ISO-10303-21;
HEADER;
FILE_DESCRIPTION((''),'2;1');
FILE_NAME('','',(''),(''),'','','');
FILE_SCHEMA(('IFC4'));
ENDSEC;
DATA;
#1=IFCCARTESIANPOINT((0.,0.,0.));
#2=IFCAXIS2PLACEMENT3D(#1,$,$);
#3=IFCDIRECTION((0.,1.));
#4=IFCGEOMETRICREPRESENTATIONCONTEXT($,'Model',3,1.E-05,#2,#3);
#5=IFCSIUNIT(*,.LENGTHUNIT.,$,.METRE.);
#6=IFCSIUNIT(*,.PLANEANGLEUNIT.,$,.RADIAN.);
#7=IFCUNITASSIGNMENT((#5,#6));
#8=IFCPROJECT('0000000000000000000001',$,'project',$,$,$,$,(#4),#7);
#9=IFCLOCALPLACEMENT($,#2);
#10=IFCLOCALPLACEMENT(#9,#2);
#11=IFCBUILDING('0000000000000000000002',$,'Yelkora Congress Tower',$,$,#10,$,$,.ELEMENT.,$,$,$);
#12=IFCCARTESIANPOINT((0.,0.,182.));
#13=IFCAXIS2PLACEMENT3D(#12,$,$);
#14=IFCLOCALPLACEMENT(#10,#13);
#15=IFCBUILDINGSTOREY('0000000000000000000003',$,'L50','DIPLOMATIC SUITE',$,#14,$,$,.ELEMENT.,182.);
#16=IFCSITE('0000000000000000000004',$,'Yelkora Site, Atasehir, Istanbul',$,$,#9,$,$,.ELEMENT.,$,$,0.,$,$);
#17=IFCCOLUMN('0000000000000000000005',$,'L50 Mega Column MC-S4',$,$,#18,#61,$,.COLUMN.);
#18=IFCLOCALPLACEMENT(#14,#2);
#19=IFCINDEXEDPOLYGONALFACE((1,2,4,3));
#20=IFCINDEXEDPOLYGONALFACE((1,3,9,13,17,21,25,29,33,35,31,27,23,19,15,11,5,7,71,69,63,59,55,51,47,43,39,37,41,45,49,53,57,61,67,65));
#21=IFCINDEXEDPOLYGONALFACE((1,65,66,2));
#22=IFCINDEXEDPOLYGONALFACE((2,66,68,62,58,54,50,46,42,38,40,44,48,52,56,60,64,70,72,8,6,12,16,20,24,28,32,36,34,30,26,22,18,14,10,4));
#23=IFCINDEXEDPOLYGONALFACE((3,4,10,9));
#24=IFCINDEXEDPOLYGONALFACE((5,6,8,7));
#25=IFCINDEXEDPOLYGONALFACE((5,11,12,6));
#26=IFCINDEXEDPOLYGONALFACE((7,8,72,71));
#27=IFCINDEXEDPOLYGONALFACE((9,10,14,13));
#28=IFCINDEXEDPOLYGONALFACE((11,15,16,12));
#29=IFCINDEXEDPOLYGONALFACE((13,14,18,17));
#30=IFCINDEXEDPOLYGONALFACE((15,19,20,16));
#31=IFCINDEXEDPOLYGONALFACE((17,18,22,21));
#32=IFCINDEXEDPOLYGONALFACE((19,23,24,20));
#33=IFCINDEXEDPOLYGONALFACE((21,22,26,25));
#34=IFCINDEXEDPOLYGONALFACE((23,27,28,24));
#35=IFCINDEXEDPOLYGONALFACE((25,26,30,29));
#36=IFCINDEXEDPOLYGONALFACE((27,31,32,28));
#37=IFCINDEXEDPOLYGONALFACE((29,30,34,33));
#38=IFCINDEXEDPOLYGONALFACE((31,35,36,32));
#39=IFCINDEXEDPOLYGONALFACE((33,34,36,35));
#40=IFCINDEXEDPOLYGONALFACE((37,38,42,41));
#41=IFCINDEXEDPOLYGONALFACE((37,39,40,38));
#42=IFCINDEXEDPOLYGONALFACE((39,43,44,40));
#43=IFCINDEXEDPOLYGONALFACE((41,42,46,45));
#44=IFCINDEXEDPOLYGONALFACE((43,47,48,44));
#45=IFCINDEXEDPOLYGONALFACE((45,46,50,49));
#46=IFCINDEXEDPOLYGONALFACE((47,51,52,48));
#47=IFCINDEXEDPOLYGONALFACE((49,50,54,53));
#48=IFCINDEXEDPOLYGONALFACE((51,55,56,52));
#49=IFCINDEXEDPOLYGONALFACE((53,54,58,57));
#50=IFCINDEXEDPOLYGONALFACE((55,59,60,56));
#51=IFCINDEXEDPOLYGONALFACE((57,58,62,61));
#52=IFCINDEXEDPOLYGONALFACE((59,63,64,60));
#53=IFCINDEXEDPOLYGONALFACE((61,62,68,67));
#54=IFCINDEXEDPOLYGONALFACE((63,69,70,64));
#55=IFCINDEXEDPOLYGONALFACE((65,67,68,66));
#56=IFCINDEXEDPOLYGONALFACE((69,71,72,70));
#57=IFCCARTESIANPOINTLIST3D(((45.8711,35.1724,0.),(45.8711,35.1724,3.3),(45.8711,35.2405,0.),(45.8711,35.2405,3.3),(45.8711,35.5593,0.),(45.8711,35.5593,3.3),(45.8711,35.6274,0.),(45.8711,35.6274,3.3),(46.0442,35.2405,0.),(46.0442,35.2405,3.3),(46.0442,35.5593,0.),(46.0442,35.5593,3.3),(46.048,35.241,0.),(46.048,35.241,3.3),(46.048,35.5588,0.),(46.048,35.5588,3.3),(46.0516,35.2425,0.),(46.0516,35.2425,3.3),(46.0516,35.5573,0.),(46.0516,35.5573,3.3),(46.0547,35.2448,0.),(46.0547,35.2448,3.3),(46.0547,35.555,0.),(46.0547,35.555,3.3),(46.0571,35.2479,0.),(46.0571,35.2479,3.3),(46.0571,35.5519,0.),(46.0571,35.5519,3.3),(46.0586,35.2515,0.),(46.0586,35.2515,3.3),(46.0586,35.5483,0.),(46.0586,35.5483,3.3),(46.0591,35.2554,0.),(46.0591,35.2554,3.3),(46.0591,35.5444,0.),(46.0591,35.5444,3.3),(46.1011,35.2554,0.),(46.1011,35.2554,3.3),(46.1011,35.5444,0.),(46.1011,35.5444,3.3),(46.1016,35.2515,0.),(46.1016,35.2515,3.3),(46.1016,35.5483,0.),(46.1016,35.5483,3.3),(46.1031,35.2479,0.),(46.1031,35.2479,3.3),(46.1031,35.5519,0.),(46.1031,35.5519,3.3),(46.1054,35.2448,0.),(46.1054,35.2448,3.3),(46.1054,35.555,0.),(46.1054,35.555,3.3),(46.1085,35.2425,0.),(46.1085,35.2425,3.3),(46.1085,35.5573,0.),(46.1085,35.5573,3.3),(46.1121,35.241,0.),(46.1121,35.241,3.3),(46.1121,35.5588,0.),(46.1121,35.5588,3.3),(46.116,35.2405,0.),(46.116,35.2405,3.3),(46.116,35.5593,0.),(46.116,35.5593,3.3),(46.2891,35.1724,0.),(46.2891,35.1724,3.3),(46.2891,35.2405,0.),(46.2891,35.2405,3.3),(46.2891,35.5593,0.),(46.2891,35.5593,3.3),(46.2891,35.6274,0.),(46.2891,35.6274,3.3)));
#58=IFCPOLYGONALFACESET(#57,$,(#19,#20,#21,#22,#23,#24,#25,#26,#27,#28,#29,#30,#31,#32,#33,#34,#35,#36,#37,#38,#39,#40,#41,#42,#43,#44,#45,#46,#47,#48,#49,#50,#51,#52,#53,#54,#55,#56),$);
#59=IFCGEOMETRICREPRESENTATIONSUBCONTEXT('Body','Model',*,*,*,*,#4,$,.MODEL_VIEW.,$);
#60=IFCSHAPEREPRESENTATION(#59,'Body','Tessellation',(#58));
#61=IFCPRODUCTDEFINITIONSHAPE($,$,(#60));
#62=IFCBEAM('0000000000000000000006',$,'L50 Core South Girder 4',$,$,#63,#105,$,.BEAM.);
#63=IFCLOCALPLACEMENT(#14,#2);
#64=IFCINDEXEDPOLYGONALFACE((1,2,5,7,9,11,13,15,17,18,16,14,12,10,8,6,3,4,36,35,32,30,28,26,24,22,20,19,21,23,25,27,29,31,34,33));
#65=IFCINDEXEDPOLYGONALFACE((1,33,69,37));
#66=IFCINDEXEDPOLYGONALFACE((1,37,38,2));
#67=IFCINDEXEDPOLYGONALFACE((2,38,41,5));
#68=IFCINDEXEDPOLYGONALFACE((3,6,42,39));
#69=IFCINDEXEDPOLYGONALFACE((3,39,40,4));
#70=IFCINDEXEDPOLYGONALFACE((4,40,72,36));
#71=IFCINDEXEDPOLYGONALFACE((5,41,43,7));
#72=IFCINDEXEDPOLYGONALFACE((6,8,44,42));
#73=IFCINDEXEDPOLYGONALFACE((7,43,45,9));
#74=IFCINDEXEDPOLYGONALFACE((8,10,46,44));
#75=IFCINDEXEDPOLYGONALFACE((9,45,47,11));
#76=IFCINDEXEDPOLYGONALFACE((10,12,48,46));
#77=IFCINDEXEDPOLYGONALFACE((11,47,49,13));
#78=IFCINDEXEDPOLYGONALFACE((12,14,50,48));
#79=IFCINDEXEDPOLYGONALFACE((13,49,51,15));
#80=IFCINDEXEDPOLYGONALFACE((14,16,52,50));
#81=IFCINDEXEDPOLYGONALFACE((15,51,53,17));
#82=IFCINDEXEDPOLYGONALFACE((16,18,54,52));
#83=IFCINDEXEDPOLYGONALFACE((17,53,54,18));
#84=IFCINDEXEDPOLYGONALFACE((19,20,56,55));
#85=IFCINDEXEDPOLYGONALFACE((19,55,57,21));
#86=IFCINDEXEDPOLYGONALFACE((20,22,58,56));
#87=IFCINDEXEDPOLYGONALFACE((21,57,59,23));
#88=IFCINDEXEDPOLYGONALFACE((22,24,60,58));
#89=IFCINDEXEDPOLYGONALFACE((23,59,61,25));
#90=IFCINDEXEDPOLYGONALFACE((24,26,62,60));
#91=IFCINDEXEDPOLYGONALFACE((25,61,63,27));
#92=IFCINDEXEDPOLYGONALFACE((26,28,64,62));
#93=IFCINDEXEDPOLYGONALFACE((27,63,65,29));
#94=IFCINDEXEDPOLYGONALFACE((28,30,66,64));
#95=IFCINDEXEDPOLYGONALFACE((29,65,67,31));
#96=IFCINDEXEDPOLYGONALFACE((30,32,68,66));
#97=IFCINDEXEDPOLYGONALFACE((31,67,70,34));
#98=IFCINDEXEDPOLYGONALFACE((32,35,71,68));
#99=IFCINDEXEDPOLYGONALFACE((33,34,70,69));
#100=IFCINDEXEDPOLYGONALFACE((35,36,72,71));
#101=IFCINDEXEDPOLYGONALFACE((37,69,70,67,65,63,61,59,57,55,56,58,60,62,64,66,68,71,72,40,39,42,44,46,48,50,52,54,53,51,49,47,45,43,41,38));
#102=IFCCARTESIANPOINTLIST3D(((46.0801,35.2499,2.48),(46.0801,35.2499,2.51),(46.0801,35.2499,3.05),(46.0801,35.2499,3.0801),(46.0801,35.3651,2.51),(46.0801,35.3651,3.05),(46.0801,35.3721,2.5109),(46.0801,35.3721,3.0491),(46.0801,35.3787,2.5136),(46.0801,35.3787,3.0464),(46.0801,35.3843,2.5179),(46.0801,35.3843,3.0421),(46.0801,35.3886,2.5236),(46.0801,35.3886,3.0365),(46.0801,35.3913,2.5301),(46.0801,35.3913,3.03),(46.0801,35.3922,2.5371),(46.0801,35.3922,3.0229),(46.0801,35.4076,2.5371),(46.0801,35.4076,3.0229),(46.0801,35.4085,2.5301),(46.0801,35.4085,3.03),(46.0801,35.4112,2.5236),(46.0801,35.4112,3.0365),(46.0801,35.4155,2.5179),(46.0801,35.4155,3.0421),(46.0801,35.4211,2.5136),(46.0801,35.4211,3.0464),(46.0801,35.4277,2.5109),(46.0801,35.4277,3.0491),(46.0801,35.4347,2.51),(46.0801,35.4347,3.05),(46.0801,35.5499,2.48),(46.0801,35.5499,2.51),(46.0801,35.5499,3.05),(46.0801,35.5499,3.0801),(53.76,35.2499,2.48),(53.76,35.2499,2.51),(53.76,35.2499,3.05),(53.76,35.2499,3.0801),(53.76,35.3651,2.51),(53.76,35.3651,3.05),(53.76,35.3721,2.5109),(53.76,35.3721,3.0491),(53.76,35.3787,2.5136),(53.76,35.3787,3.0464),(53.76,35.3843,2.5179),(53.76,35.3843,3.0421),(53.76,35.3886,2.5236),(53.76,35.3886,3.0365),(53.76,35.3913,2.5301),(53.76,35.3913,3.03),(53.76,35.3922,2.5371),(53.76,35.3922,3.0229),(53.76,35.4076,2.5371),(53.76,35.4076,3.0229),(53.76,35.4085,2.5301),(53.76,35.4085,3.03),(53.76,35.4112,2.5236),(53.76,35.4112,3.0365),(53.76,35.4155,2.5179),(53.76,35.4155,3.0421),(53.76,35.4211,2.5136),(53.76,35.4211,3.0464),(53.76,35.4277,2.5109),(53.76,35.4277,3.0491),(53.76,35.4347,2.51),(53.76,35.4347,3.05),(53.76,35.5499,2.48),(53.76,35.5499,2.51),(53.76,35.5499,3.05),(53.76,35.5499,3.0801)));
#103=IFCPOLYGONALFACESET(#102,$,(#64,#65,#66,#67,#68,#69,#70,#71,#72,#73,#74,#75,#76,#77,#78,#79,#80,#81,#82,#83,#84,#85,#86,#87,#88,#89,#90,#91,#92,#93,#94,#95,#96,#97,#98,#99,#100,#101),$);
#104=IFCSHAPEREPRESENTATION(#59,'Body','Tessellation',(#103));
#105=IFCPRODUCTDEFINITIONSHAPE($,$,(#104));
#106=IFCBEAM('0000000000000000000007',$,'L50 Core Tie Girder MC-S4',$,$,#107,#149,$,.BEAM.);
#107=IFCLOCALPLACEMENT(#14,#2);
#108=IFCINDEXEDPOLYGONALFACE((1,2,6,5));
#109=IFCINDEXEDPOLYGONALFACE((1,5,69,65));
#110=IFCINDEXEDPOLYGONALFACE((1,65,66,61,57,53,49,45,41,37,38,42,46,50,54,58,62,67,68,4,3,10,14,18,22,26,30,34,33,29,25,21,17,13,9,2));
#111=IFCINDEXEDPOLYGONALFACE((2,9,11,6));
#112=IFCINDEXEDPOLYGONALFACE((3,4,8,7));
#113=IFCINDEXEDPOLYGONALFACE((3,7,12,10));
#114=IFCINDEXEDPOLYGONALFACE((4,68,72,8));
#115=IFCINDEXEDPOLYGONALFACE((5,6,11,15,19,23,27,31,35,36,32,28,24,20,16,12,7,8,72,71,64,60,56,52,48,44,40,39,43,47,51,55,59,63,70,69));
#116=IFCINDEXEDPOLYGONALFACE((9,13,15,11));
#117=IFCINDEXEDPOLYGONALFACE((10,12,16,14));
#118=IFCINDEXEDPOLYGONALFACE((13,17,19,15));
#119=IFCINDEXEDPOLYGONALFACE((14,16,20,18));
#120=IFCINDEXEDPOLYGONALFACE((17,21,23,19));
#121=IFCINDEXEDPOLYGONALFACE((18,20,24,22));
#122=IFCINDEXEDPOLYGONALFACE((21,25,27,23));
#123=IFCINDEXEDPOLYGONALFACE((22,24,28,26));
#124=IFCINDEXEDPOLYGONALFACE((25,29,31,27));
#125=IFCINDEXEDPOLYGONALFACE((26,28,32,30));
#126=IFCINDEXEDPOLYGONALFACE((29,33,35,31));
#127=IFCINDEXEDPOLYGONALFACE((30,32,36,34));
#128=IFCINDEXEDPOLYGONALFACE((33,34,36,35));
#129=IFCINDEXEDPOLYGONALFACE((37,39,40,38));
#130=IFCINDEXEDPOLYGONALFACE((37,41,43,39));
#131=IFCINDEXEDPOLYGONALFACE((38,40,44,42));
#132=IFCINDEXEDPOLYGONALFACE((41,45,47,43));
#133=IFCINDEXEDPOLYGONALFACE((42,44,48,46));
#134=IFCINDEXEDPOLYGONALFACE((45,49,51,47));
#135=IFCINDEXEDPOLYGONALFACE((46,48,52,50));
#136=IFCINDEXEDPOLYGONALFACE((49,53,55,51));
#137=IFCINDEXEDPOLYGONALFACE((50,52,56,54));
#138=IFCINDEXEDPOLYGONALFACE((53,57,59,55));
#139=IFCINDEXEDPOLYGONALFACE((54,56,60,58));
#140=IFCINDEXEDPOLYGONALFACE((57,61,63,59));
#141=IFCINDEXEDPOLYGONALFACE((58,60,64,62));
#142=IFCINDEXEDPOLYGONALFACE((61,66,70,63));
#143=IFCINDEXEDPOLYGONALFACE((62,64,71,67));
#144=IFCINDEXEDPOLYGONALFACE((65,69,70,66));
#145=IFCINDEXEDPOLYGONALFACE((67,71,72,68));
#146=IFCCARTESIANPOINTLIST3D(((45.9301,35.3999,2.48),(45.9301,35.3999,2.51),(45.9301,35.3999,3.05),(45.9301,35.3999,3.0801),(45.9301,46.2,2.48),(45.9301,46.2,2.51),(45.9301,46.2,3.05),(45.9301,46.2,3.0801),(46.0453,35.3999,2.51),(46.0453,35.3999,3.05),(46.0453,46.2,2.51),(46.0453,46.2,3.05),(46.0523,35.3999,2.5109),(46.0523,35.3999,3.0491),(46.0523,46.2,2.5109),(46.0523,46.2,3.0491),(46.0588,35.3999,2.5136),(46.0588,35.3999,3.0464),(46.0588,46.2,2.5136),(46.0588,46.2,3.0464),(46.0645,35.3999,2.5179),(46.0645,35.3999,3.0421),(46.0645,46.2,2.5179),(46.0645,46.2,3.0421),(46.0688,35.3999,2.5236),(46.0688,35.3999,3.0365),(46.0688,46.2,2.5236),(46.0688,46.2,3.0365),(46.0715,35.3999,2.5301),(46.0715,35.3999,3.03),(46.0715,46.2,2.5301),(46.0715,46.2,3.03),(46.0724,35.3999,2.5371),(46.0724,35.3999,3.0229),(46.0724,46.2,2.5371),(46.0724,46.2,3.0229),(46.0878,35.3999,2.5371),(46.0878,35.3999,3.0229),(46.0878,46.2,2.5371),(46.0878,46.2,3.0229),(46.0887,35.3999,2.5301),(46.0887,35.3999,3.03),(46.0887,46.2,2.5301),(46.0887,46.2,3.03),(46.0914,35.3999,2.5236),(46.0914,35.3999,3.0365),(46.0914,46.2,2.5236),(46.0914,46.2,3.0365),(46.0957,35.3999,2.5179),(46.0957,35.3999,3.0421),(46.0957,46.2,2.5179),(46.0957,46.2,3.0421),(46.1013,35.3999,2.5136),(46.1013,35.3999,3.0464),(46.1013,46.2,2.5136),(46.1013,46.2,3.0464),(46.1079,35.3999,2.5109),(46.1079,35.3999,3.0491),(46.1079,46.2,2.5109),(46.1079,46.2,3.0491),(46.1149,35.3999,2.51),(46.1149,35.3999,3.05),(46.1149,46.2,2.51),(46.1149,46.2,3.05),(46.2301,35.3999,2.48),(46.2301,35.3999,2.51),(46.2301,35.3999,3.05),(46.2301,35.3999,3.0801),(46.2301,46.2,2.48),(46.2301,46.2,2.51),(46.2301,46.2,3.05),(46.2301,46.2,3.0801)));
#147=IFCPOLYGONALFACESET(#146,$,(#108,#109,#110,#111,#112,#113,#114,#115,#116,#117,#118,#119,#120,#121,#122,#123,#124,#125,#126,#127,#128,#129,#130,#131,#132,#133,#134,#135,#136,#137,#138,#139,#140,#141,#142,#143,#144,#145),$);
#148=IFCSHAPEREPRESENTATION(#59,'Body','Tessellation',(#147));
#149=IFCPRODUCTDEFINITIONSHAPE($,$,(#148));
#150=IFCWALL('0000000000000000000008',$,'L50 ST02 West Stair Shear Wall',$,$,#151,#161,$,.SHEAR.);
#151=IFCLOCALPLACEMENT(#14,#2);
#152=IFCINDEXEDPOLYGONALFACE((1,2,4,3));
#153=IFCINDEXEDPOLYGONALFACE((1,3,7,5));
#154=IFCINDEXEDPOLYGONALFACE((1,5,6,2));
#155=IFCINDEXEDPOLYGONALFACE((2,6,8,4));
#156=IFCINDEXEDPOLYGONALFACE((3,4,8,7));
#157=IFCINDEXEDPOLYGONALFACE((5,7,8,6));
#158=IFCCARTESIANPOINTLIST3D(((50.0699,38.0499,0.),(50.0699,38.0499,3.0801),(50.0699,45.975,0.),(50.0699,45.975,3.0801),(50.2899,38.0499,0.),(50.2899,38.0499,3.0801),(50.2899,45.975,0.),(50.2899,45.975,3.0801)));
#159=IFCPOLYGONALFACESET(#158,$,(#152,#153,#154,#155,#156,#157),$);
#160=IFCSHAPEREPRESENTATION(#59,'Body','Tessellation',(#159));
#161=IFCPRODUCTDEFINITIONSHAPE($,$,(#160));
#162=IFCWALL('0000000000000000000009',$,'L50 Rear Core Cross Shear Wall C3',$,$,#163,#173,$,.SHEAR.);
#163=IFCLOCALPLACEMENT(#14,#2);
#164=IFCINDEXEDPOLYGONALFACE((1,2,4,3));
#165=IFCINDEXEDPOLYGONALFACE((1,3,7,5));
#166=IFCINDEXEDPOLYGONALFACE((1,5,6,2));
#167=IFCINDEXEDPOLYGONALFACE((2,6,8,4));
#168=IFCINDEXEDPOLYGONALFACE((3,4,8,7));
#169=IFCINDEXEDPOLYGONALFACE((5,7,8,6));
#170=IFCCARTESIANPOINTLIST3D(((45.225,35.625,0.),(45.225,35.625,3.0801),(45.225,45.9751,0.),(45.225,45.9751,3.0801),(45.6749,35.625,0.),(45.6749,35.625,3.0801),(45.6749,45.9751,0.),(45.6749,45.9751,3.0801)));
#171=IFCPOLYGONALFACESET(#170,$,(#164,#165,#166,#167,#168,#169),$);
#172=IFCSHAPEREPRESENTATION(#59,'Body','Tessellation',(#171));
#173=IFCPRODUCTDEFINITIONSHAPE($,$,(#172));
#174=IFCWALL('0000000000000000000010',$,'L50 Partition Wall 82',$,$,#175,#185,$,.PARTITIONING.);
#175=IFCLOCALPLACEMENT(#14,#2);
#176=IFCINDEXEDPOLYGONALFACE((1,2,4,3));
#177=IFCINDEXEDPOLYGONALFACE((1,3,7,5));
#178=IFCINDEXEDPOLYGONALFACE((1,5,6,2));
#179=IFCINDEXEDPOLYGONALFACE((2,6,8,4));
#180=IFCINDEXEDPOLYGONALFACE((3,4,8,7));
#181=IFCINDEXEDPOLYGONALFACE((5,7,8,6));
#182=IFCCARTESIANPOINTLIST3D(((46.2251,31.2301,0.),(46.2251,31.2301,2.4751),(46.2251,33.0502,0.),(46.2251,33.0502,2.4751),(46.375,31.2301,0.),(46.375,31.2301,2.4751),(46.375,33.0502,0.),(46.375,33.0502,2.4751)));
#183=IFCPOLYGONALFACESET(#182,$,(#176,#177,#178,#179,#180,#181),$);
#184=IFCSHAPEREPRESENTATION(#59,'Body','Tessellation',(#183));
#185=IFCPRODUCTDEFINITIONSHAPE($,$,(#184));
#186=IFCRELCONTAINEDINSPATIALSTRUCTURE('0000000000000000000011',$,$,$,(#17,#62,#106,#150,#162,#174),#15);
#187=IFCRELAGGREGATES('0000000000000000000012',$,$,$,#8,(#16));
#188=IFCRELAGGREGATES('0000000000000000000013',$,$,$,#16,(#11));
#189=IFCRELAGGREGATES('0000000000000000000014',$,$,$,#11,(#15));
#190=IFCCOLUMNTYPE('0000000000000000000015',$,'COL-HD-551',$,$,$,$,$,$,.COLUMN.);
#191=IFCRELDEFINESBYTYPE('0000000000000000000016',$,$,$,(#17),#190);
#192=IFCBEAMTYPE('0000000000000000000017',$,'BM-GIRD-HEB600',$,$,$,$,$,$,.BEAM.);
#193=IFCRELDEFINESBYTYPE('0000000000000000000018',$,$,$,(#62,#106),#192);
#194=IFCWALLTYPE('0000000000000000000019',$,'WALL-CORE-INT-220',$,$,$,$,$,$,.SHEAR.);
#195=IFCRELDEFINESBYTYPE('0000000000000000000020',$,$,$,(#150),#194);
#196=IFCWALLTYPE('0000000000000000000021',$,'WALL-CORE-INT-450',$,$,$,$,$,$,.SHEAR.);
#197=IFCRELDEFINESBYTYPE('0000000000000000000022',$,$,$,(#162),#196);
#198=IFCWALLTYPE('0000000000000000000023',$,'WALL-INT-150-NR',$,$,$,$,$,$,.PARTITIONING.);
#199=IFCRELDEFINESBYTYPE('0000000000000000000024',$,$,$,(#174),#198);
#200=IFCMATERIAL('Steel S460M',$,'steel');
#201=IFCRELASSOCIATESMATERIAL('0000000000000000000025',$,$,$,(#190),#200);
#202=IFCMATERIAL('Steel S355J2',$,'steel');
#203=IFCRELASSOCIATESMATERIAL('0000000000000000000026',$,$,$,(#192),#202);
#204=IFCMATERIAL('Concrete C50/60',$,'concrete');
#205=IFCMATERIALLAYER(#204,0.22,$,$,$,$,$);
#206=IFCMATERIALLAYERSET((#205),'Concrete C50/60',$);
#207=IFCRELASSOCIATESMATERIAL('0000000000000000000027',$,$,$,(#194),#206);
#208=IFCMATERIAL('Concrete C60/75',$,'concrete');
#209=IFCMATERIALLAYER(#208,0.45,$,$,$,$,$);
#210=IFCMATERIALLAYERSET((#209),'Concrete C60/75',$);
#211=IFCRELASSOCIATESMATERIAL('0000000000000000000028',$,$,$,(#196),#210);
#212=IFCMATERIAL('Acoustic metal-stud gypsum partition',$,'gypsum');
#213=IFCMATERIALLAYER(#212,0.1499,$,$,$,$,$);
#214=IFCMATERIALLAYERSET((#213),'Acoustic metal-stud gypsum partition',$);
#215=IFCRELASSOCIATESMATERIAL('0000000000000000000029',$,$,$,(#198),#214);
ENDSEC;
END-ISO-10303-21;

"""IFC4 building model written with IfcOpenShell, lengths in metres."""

from ifc_helpers import new_model, si_unit, direction, frame, frame_2d, origin, origin_2d, place, context, subcontext, project, spatial, rectangle, i_section, extrude, material, layer, layer_set, material_profile, profile_set, type_object, element, save


model = new_model("IFC4")

# Units and contexts
model_context = context("Model", 3, precision=1e-05, world=origin(), true_north=direction((0.0, 1.0)))
body_context = subcontext(model_context, "Body", "Model", "MODEL_VIEW")
ifc_project = project(units=[si_unit("LENGTHUNIT", "METRE"), si_unit("PLANEANGLEUNIT", "RADIAN")], contexts=[model_context])

# Site, building, storey
site_placement = place(None, origin())
site = spatial("IfcSite", under=ifc_project, at=site_placement, Name="Yelkora Site, Atasehir, Istanbul", CompositionType="ELEMENT", RefElevation=0.0)
building_placement = place(site_placement, origin())
building = spatial("IfcBuilding", under=site, at=building_placement, Name="Yelkora Congress Tower", CompositionType="ELEMENT")
storey_placement = place(building_placement, frame((0.0, 0.0, 182.0)))
storey = spatial("IfcBuildingStorey", under=building, at=storey_placement, Name="L50", Description="DIPLOMATIC SUITE", CompositionType="ELEMENT", Elevation=182.0)

# Column
ifc_material_1 = material(Name="Steel S460M", Category="steel")
ifc_material_profile_1 = material_profile(ifc_material_1, i_section(OverallWidth=0.418, OverallDepth=0.4551, WebThickness=0.042, FlangeThickness=0.0681, FilletRadius=0.0149, at=origin_2d()), Name="HD 400x551")
ifc_profile_set_1 = profile_set([ifc_material_profile_1], Name="Steel S460M")
column_type = type_object("IfcColumnType", Name="COL-HD-551", PredefinedType="COLUMN", material=ifc_profile_set_1)
column_placement = place(storey_placement, frame((46.0801, 35.3999, 0.0), z_axis=(0.0, 0.0, 1.0), x_axis=(1.0, 0.0, 0.0)))
element("IfcColumn", 1, at=column_placement, inside=storey, type_object=column_type, Name="L50 Mega Column MC-S4", PredefinedType="COLUMN", context=body_context, shape_type="SweptSolid", body=[
    extrude(i_section(OverallWidth=0.418, OverallDepth=0.4551, WebThickness=0.042, FlangeThickness=0.0681, FilletRadius=0.0149, at=origin_2d()), origin(), (0.0, 0.0, 1.0), 3.3),
])

# Beams
ifc_material_2 = material(Name="Steel S355J2", Category="steel")
ifc_material_profile_2 = material_profile(ifc_material_2, i_section(OverallWidth=0.3, OverallDepth=0.6001, WebThickness=0.0154, FlangeThickness=0.03, FilletRadius=0.0271, at=origin_2d()), Name="HEB 600")
ifc_profile_set_2 = profile_set([ifc_material_profile_2], Name="Steel S355J2")
beam_type = type_object("IfcBeamType", Name="BM-GIRD-HEB600", PredefinedType="BEAM", material=ifc_profile_set_2)
beam_1_placement = place(storey_placement, frame((46.0801, 35.3999, 2.78), z_axis=(1.0, 0.0, 0.0), x_axis=(0.0, 1.0, 0.0)))
element("IfcBeam", 2, at=beam_1_placement, inside=storey, type_object=beam_type, Name="L50 Core South Girder 4", PredefinedType="BEAM", context=body_context, shape_type="SweptSolid", body=[
    extrude(i_section(OverallWidth=0.3, OverallDepth=0.6001, WebThickness=0.0154, FlangeThickness=0.03, FilletRadius=0.0271, at=origin_2d()), origin(), (0.0, 0.0, 1.0), 7.6799),
])
beam_2_placement = place(storey_placement, frame((46.0801, 35.3999, 2.78), z_axis=(0.0, 1.0, 0.0), x_axis=(-1.0, 0.0, 0.0)))
element("IfcBeam", 3, at=beam_2_placement, inside=storey, type_object=beam_type, Name="L50 Core Tie Girder MC-S4", PredefinedType="BEAM", context=body_context, shape_type="SweptSolid", body=[
    extrude(i_section(OverallWidth=0.3, OverallDepth=0.6001, WebThickness=0.0154, FlangeThickness=0.03, FilletRadius=0.0271, at=origin_2d()), origin(), (0.0, 0.0, 1.0), 10.8),
])

# Walls
ifc_material_3 = material(Name="Concrete C50/60", Category="concrete")
ifc_layer_1 = layer(ifc_material_3, 0.22)
ifc_layer_set_1 = layer_set([ifc_layer_1], Name="Concrete C50/60")
wall_type_1 = type_object("IfcWallType", Name="WALL-CORE-INT-220", PredefinedType="SHEAR", material=ifc_layer_set_1)
wall_1_placement = place(storey_placement, frame((50.1799, 38.05, 0.0), z_axis=(0.0, 0.0, 1.0), x_axis=(0.0, 1.0, 0.0)))
element("IfcWall", 4, at=wall_1_placement, inside=storey, type_object=wall_type_1, Name="L50 ST02 West Stair Shear Wall", PredefinedType="SHEAR", context=body_context, shape_type="SweptSolid", body=[
    extrude(rectangle(XDim=7.925, YDim=0.22, at=frame_2d((3.9624, 0.0))), origin(), (0.0, 0.0, 1.0), 3.0801),
])
ifc_material_4 = material(Name="Concrete C60/75", Category="concrete")
ifc_layer_2 = layer(ifc_material_4, 0.45)
ifc_layer_set_2 = layer_set([ifc_layer_2], Name="Concrete C60/75")
wall_type_2 = type_object("IfcWallType", Name="WALL-CORE-INT-450", PredefinedType="SHEAR", material=ifc_layer_set_2)
wall_2_placement = place(storey_placement, frame((45.45, 35.625, 0.0), z_axis=(0.0, 0.0, 1.0), x_axis=(0.0, 1.0, 0.0)))
element("IfcWall", 5, at=wall_2_placement, inside=storey, type_object=wall_type_2, Name="L50 Rear Core Cross Shear Wall C3", PredefinedType="SHEAR", context=body_context, shape_type="SweptSolid", body=[
    extrude(rectangle(XDim=10.3501, YDim=0.45, at=frame_2d((5.175, 0.0))), origin(), (0.0, 0.0, 1.0), 3.0801),
])
ifc_material_5 = material(Name="Acoustic metal-stud gypsum partition", Category="gypsum")
ifc_layer_3 = layer(ifc_material_5, 0.1499)
ifc_layer_set_3 = layer_set([ifc_layer_3], Name="Acoustic metal-stud gypsum partition")
wall_type_3 = type_object("IfcWallType", Name="WALL-INT-150-NR", PredefinedType="PARTITIONING", material=ifc_layer_set_3)
wall_3_placement = place(storey_placement, frame((46.3, 31.23, 0.0), z_axis=(0.0, 0.0, 1.0), x_axis=(0.0, 1.0, 0.0)))
element("IfcWall", 6, at=wall_3_placement, inside=storey, type_object=wall_type_3, Name="L50 Partition Wall 82", PredefinedType="PARTITIONING", context=body_context, shape_type="SweptSolid", body=[
    extrude(rectangle(XDim=1.8201, YDim=0.1499, at=frame_2d((0.9102, 0.0))), origin(), (0.0, 0.0, 1.0), 2.4751),
])

save(model, "model.ifc")
